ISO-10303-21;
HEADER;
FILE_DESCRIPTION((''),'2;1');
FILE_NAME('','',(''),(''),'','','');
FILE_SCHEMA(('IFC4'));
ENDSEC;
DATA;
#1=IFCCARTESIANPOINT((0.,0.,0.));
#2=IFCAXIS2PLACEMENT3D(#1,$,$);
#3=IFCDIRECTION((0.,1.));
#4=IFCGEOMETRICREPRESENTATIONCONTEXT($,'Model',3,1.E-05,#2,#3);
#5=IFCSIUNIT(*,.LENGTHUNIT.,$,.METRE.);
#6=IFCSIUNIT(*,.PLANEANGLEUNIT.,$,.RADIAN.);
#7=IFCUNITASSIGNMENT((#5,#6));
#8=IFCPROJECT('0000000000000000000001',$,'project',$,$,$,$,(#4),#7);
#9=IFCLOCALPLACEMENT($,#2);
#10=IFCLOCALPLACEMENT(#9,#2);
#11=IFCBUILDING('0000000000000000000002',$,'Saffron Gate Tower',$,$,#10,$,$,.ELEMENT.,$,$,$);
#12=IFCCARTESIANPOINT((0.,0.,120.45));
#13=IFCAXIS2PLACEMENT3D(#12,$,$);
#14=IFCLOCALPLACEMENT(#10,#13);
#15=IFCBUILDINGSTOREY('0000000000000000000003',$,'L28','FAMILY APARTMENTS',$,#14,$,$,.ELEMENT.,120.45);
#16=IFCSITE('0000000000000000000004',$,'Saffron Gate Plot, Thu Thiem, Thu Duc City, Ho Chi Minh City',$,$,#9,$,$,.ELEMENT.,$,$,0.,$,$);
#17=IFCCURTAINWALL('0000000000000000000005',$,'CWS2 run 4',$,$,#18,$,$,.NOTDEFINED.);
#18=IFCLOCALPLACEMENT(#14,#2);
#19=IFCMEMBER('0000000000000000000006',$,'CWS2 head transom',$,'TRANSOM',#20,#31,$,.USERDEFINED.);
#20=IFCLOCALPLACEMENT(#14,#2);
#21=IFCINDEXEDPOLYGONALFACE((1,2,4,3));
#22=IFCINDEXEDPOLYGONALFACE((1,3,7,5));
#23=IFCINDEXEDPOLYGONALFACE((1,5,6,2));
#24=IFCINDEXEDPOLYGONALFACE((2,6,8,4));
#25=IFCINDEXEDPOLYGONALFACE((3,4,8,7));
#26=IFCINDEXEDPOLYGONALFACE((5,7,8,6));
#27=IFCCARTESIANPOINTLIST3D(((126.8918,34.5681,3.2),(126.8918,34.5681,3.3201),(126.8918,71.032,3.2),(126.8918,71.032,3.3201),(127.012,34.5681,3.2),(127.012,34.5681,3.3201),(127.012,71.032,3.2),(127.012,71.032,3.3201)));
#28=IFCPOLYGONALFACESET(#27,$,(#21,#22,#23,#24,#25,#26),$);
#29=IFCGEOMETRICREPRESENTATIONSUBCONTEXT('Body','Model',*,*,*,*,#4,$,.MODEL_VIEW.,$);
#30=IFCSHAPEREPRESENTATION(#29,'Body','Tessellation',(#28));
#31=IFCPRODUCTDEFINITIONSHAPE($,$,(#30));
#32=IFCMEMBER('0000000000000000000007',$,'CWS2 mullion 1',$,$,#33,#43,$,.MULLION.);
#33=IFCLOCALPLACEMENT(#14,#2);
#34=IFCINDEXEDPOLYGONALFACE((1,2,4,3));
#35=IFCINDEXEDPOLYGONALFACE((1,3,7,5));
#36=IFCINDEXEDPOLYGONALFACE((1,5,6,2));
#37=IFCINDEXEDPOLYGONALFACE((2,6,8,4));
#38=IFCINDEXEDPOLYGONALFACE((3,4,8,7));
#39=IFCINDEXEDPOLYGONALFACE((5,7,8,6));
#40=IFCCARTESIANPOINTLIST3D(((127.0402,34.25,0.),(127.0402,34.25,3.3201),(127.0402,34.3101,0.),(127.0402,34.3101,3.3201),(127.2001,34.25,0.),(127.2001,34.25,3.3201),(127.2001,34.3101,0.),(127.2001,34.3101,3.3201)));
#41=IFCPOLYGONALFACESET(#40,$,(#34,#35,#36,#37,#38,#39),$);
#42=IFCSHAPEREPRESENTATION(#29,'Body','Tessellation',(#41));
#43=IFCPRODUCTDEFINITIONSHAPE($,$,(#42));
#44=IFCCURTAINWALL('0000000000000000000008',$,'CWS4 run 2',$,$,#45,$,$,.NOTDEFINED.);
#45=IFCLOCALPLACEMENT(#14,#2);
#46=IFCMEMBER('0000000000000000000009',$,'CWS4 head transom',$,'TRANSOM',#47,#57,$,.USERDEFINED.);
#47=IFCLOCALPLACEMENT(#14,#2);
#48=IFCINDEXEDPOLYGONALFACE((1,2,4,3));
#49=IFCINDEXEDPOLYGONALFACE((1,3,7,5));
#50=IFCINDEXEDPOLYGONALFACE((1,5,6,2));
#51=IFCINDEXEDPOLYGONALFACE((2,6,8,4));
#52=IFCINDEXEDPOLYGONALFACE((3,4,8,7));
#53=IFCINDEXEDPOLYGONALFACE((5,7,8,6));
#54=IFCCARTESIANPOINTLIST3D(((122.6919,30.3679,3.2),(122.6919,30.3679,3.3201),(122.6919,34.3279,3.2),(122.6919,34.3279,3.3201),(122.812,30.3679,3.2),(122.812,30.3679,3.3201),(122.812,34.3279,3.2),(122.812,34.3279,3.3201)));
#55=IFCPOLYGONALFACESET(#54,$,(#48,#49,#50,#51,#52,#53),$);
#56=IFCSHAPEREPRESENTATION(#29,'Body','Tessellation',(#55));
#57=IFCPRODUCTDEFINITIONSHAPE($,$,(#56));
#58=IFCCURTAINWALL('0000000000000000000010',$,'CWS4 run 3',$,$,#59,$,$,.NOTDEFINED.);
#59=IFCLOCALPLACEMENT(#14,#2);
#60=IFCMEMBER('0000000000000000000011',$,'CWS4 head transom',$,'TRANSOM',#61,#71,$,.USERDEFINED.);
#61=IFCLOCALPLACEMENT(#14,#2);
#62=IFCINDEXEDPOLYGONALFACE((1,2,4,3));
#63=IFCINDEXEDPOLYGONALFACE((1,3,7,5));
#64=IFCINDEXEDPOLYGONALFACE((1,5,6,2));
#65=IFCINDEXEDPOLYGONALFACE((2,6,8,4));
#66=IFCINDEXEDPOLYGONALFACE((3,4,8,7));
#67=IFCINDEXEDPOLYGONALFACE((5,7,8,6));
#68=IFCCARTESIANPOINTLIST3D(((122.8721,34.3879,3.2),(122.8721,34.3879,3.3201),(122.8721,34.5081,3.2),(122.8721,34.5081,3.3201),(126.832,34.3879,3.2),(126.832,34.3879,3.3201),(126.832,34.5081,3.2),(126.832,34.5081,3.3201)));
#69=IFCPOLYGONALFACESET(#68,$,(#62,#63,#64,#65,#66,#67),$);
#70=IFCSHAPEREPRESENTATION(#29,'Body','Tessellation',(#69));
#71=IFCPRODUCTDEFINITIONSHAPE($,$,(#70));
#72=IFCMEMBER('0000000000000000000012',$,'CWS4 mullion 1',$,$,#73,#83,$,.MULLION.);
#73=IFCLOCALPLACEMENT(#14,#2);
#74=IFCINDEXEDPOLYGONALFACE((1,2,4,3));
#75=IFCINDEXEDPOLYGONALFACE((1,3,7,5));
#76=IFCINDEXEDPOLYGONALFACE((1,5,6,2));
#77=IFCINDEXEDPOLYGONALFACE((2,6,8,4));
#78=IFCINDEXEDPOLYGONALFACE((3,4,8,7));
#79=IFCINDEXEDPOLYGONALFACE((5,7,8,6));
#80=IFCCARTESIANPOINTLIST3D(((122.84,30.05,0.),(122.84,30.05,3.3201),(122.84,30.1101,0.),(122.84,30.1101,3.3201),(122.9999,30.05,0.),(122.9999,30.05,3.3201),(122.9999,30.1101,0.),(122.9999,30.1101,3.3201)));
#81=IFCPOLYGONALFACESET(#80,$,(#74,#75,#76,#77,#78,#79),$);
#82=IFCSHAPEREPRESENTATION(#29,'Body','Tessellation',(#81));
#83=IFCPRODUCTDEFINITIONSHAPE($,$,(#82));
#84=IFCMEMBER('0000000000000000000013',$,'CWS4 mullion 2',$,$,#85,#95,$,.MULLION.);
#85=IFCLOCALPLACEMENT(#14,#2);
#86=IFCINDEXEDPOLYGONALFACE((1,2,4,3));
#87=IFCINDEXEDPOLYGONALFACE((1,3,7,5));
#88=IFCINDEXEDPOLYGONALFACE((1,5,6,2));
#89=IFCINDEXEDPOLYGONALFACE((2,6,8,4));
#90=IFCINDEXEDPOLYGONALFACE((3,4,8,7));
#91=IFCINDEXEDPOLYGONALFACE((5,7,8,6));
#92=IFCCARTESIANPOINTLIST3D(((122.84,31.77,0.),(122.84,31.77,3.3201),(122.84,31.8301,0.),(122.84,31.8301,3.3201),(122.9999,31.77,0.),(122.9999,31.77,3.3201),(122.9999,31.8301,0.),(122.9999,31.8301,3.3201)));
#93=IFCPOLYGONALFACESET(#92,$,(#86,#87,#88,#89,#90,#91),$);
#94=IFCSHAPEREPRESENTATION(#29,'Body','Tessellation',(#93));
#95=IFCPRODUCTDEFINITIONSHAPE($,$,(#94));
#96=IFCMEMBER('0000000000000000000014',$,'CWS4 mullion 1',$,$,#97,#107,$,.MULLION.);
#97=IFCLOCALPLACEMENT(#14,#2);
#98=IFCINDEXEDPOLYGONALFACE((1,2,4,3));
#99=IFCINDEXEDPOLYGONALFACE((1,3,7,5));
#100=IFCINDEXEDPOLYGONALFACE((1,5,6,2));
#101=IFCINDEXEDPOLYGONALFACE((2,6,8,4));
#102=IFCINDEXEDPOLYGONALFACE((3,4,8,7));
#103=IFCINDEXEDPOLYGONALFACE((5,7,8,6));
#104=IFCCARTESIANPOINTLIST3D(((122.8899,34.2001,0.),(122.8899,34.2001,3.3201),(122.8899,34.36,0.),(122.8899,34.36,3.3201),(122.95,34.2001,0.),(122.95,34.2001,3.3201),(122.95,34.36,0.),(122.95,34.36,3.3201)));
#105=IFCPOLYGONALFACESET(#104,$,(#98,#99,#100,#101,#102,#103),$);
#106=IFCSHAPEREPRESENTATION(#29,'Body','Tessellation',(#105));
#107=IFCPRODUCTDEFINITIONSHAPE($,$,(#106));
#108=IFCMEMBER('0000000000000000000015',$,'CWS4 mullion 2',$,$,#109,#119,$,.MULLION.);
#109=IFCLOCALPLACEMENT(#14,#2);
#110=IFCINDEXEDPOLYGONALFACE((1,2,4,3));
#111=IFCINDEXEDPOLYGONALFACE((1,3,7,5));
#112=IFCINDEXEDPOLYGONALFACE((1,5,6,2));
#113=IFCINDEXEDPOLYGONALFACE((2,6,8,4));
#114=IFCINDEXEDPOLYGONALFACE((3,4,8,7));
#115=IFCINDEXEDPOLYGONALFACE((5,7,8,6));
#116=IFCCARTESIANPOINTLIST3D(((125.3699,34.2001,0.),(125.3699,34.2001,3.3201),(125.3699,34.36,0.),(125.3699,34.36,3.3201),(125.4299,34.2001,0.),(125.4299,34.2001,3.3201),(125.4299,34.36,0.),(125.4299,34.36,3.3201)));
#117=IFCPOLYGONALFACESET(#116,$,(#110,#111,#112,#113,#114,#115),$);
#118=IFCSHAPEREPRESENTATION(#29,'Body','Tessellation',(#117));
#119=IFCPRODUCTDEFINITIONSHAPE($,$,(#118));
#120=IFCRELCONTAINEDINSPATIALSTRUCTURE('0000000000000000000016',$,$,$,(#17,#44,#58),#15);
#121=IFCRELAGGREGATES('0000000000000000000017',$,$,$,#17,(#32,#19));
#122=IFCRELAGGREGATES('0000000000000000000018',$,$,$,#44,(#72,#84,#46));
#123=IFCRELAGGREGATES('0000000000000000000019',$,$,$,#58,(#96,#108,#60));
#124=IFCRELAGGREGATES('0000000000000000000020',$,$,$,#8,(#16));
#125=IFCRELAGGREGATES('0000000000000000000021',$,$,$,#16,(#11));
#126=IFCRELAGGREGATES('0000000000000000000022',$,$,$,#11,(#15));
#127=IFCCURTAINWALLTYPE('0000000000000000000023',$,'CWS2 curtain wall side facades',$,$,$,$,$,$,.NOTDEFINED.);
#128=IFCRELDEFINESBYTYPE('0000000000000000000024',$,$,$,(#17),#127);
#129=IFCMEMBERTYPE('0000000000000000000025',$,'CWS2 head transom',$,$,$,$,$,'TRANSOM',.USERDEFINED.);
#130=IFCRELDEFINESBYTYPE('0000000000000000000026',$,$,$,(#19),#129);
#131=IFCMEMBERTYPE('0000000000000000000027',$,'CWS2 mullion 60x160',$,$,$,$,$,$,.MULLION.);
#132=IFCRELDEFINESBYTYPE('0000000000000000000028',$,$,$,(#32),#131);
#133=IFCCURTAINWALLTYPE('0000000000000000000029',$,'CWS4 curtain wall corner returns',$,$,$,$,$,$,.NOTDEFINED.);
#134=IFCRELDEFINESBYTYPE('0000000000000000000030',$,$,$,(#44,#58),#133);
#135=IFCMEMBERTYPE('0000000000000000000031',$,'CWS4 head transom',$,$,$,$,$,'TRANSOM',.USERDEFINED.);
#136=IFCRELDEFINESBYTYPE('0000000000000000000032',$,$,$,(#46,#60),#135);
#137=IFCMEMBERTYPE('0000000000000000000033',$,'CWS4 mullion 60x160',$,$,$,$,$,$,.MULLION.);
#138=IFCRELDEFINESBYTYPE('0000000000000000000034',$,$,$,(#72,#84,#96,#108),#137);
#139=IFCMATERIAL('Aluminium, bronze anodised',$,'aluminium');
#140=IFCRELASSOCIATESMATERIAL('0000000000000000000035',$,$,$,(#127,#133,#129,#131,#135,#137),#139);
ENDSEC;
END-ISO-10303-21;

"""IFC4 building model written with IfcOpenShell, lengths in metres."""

from ifc_helpers import new_model, si_unit, direction, frame, origin, origin_2d, place, context, subcontext, project, spatial, rectangle, extrude, material, material_profile, profile_set, type_object, element, aggregate, save


model = new_model("IFC4")

# Units and contexts
model_context = context("Model", 3, precision=1e-05, world=origin(), true_north=direction((0.0, 1.0)))
body_context = subcontext(model_context, "Body", "Model", "MODEL_VIEW")
ifc_project = project(units=[si_unit("LENGTHUNIT", "METRE"), si_unit("PLANEANGLEUNIT", "RADIAN")], contexts=[model_context])

# Site, building, storey
site_placement = place(None, origin())
site = spatial("IfcSite", under=ifc_project, at=site_placement, Name="Saffron Gate Plot, Thu Thiem, Thu Duc City, Ho Chi Minh City", CompositionType="ELEMENT", RefElevation=0.0)
building_placement = place(site_placement, origin())
building = spatial("IfcBuilding", under=site, at=building_placement, Name="Saffron Gate Tower", CompositionType="ELEMENT")
storey_placement = place(building_placement, frame((0.0, 0.0, 120.45)))
storey = spatial("IfcBuildingStorey", under=building, at=storey_placement, Name="L28", Description="FAMILY APARTMENTS", CompositionType="ELEMENT", Elevation=120.45)

# Curtain wall, members
ifc_material_1 = material(Name="Aluminium, bronze anodised", Category="aluminium")
curtain_wall_type_1 = type_object("IfcCurtainWallType", Name="CWS2 curtain wall side facades", PredefinedType="NOTDEFINED", material=ifc_material_1)
curtain_wall_1_placement = place(storey_placement, origin())
curtain_wall_1 = element("IfcCurtainWall", 1, at=curtain_wall_1_placement, inside=storey, type_object=curtain_wall_type_1, Name="CWS2 run 4", PredefinedType="NOTDEFINED")
ifc_material_profile_1 = material_profile(ifc_material_1, rectangle(XDim=0.1201, YDim=0.1201, at=origin_2d()))
ifc_profile_set_1 = profile_set([ifc_material_profile_1], Name="Aluminium, bronze anodised")
member_type_1 = type_object("IfcMemberType", Name="CWS2 head transom", ElementType="TRANSOM", PredefinedType="USERDEFINED", material=ifc_profile_set_1)
member_1_placement = place(storey_placement, frame((126.9519, 34.5681, 3.26), z_axis=(0.0, 1.0, 0.0), x_axis=(-1.0, 0.0, 0.0)))
member_1 = element("IfcMember", 2, at=member_1_placement, type_object=member_type_1, Name="CWS2 head transom", ObjectType="TRANSOM", PredefinedType="USERDEFINED", context=body_context, shape_type="SweptSolid", body=[
    extrude(rectangle(XDim=0.1201, YDim=0.1201, at=origin_2d()), origin(), (0.0, 0.0, 1.0), 36.4639),
])
ifc_material_profile_2 = material_profile(ifc_material_1, rectangle(XDim=0.1599, YDim=0.0601, at=origin_2d()))
ifc_profile_set_2 = profile_set([ifc_material_profile_2], Name="Aluminium, bronze anodised")
member_type_2 = type_object("IfcMemberType", Name="CWS2 mullion 60x160", PredefinedType="MULLION", material=ifc_profile_set_2)
member_2_placement = place(storey_placement, frame((127.1201, 34.28, 0.0), z_axis=(0.0, 0.0, 1.0), x_axis=(-1.0, 0.0, 0.0)))
member_2 = element("IfcMember", 3, at=member_2_placement, type_object=member_type_2, Name="CWS2 mullion 1", PredefinedType="MULLION", context=body_context, shape_type="SweptSolid", body=[
    extrude(rectangle(XDim=0.1599, YDim=0.0601, at=origin_2d()), origin(), (0.0, 0.0, 1.0), 3.3201),
])

# Curtain walls, members
curtain_wall_type_2 = type_object("IfcCurtainWallType", Name="CWS4 curtain wall corner returns", PredefinedType="NOTDEFINED", material=ifc_material_1)
curtain_wall_2_placement = place(storey_placement, origin())
curtain_wall_2 = element("IfcCurtainWall", 4, at=curtain_wall_2_placement, inside=storey, type_object=curtain_wall_type_2, Name="CWS4 run 2", PredefinedType="NOTDEFINED")
ifc_material_profile_3 = material_profile(ifc_material_1, rectangle(XDim=0.1201, YDim=0.1201, at=origin_2d()))
ifc_profile_set_3 = profile_set([ifc_material_profile_3], Name="Aluminium, bronze anodised")
member_type_3 = type_object("IfcMemberType", Name="CWS4 head transom", ElementType="TRANSOM", PredefinedType="USERDEFINED", material=ifc_profile_set_3)
member_3_placement = place(storey_placement, frame((122.752, 30.3679, 3.26), z_axis=(0.0, 1.0, 0.0), x_axis=(-1.0, 0.0, 0.0)))
member_3 = element("IfcMember", 5, at=member_3_placement, type_object=member_type_3, Name="CWS4 head transom", ObjectType="TRANSOM", PredefinedType="USERDEFINED", context=body_context, shape_type="SweptSolid", body=[
    extrude(rectangle(XDim=0.1201, YDim=0.1201, at=origin_2d()), origin(), (0.0, 0.0, 1.0), 3.96),
])
curtain_wall_3_placement = place(storey_placement, origin())
curtain_wall_3 = element("IfcCurtainWall", 6, at=curtain_wall_3_placement, inside=storey, type_object=curtain_wall_type_2, Name="CWS4 run 3", PredefinedType="NOTDEFINED")
member_4_placement = place(storey_placement, frame((122.8721, 34.448, 3.26), z_axis=(1.0, 0.0, 0.0), x_axis=(0.0, 1.0, 0.0)))
member_4 = element("IfcMember", 7, at=member_4_placement, type_object=member_type_3, Name="CWS4 head transom", ObjectType="TRANSOM", PredefinedType="USERDEFINED", context=body_context, shape_type="SweptSolid", body=[
    extrude(rectangle(XDim=0.1201, YDim=0.1201, at=origin_2d()), origin(), (0.0, 0.0, 1.0), 3.96),
])

# Members
ifc_material_profile_4 = material_profile(ifc_material_1, rectangle(XDim=0.1599, YDim=0.0601, at=origin_2d()))
ifc_profile_set_4 = profile_set([ifc_material_profile_4], Name="Aluminium, bronze anodised")
member_type_4 = type_object("IfcMemberType", Name="CWS4 mullion 60x160", PredefinedType="MULLION", material=ifc_profile_set_4)
member_5_placement = place(storey_placement, frame((122.9199, 30.0801, 0.0), z_axis=(0.0, 0.0, 1.0), x_axis=(-1.0, 0.0, 0.0)))
member_5 = element("IfcMember", 8, at=member_5_placement, type_object=member_type_4, Name="CWS4 mullion 1", PredefinedType="MULLION", context=body_context, shape_type="SweptSolid", body=[
    extrude(rectangle(XDim=0.1599, YDim=0.0601, at=origin_2d()), origin(), (0.0, 0.0, 1.0), 3.3201),
])
member_6_placement = place(storey_placement, frame((122.9199, 31.8, 0.0), z_axis=(0.0, 0.0, 1.0), x_axis=(-1.0, 0.0, 0.0)))
member_6 = element("IfcMember", 9, at=member_6_placement, type_object=member_type_4, Name="CWS4 mullion 2", PredefinedType="MULLION", context=body_context, shape_type="SweptSolid", body=[
    extrude(rectangle(XDim=0.1599, YDim=0.0601, at=origin_2d()), origin(), (0.0, 0.0, 1.0), 3.3201),
])
member_7_placement = place(storey_placement, frame((122.9199, 34.28, 0.0), z_axis=(0.0, 0.0, 1.0), x_axis=(0.0, 1.0, 0.0)))
member_7 = element("IfcMember", 10, at=member_7_placement, type_object=member_type_4, Name="CWS4 mullion 1", PredefinedType="MULLION", context=body_context, shape_type="SweptSolid", body=[
    extrude(rectangle(XDim=0.1599, YDim=0.0601, at=origin_2d()), origin(), (0.0, 0.0, 1.0), 3.3201),
])
member_8_placement = place(storey_placement, frame((125.3999, 34.28, 0.0), z_axis=(0.0, 0.0, 1.0), x_axis=(0.0, 1.0, 0.0)))
member_8 = element("IfcMember", 11, at=member_8_placement, type_object=member_type_4, Name="CWS4 mullion 2", PredefinedType="MULLION", context=body_context, shape_type="SweptSolid", body=[
    extrude(rectangle(XDim=0.1599, YDim=0.0601, at=origin_2d()), origin(), (0.0, 0.0, 1.0), 3.3201),
])

aggregate(curtain_wall_1, [member_2, member_1])

aggregate(curtain_wall_2, [member_5, member_6, member_3])
aggregate(curtain_wall_3, [member_7, member_8, member_4])

save(model, "model.ifc")
